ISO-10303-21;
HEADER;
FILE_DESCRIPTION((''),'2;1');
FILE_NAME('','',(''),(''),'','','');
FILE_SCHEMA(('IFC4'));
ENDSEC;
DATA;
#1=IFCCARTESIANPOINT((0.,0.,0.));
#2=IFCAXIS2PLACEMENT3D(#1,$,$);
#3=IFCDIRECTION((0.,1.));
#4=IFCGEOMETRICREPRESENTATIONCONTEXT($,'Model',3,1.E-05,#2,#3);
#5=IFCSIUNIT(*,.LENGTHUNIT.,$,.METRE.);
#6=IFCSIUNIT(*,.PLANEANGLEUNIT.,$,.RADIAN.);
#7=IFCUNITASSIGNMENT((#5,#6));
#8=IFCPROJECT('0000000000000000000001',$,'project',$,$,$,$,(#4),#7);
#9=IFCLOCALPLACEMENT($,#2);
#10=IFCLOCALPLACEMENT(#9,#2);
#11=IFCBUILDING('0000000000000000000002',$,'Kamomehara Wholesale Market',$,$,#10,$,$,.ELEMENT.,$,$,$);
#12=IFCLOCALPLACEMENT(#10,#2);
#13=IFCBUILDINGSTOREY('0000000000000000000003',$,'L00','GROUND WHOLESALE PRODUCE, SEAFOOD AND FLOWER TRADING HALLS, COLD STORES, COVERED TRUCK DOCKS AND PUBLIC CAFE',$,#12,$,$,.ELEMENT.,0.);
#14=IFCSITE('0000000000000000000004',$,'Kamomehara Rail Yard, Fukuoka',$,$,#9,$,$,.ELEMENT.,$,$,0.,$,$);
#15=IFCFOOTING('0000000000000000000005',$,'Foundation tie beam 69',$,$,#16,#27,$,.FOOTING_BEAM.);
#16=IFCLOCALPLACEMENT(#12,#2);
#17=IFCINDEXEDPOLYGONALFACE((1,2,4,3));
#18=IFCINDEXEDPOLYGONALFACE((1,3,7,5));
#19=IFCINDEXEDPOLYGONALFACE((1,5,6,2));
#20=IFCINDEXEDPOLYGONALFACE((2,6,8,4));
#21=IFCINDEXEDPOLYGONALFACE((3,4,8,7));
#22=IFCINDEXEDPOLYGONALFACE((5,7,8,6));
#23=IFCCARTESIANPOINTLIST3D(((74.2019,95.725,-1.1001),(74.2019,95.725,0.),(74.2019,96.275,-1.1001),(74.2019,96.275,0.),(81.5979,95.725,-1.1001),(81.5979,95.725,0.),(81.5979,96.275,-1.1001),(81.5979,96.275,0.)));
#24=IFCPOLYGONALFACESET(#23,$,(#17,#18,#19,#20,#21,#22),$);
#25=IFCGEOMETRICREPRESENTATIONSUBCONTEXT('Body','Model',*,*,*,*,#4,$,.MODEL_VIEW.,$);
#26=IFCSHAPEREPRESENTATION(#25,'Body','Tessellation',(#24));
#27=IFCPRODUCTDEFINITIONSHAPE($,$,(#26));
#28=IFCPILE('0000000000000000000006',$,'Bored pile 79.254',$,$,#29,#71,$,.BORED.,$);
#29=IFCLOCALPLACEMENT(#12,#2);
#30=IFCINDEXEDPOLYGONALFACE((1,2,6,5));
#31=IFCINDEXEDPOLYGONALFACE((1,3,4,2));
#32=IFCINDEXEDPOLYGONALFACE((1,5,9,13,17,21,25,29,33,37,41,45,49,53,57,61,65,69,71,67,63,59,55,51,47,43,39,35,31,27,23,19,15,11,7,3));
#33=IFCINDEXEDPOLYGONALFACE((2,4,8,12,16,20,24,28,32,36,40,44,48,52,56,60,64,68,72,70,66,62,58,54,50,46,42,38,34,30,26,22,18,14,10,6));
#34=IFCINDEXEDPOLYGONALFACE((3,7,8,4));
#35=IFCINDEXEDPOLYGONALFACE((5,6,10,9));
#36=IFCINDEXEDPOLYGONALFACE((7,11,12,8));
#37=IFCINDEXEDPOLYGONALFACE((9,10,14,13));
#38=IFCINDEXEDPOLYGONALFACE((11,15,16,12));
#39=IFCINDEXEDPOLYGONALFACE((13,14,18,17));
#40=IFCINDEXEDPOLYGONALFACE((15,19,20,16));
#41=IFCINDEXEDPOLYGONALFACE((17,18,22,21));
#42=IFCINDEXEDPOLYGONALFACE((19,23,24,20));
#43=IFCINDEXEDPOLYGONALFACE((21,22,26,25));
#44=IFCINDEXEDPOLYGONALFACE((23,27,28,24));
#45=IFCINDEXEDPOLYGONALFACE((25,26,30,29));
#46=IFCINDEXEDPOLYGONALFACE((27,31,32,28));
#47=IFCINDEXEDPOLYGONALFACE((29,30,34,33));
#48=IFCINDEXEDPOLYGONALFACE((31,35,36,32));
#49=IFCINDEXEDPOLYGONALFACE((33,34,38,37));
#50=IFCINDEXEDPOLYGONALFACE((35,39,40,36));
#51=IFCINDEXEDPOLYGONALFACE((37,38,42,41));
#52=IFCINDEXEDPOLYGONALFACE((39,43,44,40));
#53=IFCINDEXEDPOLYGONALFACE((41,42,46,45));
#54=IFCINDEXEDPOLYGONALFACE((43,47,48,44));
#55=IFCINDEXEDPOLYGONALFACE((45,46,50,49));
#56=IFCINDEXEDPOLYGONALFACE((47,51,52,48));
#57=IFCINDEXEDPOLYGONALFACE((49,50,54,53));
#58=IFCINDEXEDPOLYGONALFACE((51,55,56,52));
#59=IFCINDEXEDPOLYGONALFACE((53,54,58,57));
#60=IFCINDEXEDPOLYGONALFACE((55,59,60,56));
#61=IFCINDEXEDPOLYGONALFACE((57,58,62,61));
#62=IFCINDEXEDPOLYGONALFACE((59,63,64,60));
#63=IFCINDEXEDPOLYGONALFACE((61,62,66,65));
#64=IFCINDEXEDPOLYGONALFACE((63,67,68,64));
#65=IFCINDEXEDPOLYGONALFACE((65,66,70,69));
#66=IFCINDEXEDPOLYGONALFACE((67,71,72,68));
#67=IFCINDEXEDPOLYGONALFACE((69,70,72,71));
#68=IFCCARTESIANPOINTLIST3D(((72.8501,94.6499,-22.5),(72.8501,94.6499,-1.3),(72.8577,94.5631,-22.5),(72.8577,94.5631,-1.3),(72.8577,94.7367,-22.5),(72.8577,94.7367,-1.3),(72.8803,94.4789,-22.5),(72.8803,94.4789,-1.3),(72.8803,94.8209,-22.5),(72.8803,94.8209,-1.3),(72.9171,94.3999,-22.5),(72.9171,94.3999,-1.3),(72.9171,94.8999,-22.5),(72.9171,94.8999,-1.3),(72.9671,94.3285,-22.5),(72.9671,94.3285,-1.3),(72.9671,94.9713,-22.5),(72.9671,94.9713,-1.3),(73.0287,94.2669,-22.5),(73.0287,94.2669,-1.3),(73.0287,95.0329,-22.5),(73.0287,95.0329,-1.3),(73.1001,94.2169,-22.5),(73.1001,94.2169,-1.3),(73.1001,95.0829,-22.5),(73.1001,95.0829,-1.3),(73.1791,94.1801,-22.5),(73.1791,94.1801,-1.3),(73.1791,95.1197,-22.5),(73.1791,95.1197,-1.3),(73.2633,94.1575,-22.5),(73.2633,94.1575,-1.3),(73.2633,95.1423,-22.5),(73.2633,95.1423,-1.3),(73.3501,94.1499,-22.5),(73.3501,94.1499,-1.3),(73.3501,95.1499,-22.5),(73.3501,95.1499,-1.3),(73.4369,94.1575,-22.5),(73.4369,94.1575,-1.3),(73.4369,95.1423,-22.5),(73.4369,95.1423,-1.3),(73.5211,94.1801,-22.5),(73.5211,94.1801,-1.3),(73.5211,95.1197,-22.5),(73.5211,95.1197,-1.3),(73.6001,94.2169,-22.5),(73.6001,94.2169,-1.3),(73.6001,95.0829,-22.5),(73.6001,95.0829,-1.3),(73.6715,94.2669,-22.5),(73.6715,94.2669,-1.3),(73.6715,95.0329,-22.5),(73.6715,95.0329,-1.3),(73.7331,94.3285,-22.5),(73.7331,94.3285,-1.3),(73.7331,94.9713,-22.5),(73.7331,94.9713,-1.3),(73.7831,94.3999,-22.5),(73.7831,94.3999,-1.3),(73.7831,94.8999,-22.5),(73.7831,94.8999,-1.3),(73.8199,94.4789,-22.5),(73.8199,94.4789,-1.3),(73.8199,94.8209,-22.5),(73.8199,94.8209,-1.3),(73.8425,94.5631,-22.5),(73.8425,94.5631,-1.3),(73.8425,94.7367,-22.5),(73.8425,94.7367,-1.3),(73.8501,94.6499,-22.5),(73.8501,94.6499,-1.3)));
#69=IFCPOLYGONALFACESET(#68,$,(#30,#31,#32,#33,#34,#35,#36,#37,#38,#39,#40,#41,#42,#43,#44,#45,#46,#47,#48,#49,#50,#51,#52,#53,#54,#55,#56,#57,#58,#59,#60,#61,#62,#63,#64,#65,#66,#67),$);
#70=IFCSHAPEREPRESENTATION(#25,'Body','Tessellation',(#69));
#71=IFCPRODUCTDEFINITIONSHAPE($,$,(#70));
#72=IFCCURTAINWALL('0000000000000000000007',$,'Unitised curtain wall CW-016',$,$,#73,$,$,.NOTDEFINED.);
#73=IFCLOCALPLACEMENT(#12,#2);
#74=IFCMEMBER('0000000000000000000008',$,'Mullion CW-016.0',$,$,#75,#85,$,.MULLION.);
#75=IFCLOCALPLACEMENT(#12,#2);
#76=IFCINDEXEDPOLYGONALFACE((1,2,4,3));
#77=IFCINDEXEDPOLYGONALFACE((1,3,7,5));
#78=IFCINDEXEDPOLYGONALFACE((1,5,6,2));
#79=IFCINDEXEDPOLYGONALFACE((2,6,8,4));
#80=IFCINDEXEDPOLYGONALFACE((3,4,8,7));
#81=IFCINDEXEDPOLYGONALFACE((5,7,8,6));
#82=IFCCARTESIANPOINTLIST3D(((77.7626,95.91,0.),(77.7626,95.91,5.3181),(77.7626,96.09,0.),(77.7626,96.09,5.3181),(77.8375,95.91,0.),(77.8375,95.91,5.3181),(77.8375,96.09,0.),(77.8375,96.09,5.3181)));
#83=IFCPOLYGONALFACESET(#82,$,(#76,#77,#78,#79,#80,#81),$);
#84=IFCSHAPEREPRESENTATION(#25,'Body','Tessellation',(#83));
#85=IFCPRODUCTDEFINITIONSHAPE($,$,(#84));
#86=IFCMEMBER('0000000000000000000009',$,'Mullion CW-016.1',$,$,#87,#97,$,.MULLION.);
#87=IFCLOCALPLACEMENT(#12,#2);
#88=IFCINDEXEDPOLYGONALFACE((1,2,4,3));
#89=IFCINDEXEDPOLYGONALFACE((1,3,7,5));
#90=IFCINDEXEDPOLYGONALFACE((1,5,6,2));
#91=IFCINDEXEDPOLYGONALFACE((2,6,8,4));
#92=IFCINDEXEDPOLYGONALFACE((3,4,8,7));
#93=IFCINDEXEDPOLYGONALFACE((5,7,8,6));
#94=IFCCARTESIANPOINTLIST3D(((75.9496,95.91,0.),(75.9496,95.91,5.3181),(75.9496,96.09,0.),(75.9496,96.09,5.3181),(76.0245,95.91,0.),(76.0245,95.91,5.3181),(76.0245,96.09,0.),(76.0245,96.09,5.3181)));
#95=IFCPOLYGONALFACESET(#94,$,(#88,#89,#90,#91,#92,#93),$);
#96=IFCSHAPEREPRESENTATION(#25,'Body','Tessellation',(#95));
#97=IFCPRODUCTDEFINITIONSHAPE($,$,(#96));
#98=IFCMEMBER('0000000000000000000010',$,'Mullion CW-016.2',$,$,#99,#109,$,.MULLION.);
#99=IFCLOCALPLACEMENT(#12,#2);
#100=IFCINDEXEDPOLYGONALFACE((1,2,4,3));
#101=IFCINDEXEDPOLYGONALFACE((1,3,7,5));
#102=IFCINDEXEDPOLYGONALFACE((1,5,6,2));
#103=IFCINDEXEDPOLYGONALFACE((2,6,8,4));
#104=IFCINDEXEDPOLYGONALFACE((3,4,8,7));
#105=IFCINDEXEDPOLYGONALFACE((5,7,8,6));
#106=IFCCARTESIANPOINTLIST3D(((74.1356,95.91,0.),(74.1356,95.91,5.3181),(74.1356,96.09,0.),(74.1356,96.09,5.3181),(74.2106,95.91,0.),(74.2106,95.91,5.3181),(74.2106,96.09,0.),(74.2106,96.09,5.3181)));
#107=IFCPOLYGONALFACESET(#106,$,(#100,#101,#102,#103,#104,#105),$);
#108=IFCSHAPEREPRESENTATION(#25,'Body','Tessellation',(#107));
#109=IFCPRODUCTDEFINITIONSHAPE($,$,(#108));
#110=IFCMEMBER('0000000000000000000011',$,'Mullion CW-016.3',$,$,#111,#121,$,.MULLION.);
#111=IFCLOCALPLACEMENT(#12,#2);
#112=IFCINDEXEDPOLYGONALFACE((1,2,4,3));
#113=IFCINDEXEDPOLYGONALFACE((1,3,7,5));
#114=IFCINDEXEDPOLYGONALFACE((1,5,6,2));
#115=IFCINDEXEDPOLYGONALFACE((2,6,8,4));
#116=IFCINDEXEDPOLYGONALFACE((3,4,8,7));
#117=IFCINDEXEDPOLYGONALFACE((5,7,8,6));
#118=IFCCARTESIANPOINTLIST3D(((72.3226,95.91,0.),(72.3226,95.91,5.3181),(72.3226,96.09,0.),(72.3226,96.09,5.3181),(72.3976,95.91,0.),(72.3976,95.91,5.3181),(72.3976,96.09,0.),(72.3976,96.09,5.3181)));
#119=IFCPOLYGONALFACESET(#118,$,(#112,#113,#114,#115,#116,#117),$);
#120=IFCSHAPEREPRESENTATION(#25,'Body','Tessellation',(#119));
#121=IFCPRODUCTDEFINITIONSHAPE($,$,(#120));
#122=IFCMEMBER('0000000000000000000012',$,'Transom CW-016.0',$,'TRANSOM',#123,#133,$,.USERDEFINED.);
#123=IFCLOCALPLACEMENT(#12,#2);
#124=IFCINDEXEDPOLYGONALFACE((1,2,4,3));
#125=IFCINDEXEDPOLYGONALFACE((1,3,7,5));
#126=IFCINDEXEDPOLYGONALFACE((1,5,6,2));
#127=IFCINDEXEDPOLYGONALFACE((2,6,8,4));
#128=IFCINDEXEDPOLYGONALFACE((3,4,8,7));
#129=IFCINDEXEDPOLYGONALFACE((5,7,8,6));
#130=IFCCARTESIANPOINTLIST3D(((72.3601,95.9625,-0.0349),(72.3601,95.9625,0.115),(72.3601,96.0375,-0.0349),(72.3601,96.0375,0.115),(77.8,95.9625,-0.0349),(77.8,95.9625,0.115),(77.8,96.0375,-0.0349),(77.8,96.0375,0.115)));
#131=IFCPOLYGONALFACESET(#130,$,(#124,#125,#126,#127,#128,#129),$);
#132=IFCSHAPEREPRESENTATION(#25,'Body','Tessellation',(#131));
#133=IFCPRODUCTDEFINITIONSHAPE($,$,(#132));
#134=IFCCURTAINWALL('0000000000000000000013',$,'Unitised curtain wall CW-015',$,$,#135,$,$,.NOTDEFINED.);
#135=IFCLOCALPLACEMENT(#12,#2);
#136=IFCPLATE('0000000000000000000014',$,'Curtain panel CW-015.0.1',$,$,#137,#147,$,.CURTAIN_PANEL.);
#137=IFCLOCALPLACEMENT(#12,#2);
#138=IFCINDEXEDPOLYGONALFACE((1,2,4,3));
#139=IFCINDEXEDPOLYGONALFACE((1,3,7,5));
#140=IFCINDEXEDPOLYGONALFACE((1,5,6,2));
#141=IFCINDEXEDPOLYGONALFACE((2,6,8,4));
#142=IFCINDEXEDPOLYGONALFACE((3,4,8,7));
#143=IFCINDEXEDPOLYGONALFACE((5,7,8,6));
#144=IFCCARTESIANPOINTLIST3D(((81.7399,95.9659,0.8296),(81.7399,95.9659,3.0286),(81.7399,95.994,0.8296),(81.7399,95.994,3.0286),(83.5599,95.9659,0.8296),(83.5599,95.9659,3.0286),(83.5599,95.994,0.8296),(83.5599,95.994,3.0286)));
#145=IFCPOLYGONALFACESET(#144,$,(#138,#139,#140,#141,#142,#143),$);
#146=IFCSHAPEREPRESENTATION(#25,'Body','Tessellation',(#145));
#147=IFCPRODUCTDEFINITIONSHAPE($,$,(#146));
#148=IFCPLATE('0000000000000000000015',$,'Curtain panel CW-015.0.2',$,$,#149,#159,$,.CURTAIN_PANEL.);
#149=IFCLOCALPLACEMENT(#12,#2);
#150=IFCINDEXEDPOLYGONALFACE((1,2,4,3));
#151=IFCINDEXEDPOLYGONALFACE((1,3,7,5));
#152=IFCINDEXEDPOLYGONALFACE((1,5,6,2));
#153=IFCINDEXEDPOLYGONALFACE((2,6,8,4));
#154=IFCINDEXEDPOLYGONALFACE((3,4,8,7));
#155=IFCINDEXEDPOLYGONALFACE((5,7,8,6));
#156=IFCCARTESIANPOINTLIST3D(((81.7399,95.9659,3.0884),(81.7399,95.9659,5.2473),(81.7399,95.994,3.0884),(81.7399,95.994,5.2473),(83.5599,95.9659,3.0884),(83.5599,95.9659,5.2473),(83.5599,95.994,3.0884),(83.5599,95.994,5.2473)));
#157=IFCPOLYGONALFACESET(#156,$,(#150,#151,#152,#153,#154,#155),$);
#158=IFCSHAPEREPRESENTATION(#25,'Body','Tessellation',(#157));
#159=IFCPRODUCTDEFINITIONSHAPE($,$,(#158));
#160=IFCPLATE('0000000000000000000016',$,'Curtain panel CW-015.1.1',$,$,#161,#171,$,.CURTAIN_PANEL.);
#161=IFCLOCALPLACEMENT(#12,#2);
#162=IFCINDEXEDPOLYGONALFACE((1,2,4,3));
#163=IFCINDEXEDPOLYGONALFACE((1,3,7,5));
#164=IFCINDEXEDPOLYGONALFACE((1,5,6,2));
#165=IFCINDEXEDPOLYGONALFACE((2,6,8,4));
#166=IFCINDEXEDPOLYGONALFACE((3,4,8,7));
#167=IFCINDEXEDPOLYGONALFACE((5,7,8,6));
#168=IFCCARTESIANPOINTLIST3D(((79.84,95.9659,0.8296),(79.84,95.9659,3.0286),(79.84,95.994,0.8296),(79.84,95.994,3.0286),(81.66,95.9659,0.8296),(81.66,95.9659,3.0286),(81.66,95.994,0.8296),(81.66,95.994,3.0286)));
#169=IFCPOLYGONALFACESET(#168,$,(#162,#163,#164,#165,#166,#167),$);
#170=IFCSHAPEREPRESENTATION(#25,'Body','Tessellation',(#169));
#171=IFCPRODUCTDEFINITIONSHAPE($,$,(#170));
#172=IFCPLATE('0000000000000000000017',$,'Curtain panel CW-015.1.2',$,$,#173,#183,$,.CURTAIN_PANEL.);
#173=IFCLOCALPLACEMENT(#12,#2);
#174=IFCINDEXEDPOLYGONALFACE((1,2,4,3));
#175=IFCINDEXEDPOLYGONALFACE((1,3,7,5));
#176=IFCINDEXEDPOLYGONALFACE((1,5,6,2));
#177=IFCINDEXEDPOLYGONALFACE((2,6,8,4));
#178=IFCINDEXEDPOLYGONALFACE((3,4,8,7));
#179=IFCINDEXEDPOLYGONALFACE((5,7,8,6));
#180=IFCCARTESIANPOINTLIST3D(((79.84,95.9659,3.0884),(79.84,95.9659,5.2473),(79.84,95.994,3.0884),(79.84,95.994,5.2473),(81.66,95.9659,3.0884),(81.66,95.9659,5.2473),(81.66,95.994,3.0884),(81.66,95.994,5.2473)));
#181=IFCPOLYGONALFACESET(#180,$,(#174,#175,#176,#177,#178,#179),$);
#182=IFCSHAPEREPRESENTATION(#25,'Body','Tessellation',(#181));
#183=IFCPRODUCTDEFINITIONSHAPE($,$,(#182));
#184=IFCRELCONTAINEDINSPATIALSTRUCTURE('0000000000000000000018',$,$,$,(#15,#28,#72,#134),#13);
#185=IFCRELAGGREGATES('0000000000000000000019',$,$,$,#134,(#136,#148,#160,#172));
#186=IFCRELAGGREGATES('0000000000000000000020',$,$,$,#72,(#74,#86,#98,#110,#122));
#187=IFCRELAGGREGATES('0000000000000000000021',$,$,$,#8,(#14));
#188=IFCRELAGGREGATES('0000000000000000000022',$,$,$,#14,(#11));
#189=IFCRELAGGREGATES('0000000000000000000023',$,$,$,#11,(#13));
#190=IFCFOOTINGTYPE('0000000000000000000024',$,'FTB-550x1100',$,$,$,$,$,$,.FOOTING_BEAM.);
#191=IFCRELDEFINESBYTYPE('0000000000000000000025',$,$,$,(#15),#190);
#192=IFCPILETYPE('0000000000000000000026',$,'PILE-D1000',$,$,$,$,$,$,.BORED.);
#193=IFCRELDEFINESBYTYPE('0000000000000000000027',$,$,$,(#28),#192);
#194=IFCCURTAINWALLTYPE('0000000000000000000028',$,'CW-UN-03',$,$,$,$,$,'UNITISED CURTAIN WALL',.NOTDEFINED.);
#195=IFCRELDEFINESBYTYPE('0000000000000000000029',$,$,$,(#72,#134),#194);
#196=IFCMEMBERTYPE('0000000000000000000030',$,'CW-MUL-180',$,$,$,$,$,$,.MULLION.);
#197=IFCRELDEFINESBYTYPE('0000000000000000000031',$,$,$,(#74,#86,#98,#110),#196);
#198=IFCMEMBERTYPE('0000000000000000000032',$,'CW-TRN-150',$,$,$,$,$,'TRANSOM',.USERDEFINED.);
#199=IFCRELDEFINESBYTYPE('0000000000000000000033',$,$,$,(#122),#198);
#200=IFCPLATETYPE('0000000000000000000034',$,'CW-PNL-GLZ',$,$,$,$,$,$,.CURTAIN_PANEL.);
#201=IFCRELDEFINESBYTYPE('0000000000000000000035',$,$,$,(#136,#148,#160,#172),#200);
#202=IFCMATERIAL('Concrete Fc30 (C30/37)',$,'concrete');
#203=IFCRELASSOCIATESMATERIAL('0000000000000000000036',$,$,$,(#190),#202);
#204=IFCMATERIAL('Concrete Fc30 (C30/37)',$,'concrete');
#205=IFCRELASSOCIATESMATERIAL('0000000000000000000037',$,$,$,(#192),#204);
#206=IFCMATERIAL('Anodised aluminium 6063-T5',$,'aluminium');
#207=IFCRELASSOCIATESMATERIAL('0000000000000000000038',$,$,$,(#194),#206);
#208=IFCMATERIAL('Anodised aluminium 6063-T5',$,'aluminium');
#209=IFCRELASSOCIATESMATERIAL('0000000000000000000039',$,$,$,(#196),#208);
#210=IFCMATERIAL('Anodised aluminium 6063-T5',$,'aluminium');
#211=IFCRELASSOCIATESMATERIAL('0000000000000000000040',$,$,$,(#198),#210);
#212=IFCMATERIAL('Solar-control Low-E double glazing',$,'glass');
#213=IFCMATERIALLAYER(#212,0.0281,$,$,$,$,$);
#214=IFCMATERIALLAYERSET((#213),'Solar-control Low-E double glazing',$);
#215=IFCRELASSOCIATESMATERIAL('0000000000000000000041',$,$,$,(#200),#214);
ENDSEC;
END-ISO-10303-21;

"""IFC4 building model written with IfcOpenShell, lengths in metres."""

from ifc_helpers import new_model, si_unit, direction, frame, origin, origin_2d, place, context, subcontext, project, spatial, rectangle, circle, extrude, material, layer, layer_set, material_profile, profile_set, type_object, element, aggregate, save


model = new_model("IFC4")

# Units and contexts
model_context = context("Model", 3, precision=1e-05, world=origin(), true_north=direction((0.0, 1.0)))
body_context = subcontext(model_context, "Body", "Model", "MODEL_VIEW")
ifc_project = project(units=[si_unit("LENGTHUNIT", "METRE"), si_unit("PLANEANGLEUNIT", "RADIAN")], contexts=[model_context])

# Site, building, storey
site_placement = place(None, origin())
site = spatial("IfcSite", under=ifc_project, at=site_placement, Name="Kamomehara Rail Yard, Fukuoka", CompositionType="ELEMENT", RefElevation=0.0)
building_placement = place(site_placement, origin())
building = spatial("IfcBuilding", under=site, at=building_placement, Name="Kamomehara Wholesale Market", CompositionType="ELEMENT")
storey_placement = place(building_placement, origin())
storey = spatial("IfcBuildingStorey", under=building, at=storey_placement, Name="L00", Description="GROUND WHOLESALE PRODUCE, SEAFOOD AND FLOWER TRADING HALLS, COLD STORES, COVERED TRUCK DOCKS AND PUBLIC CAFE", CompositionType="ELEMENT", Elevation=0.0)

# Footing
ifc_material_1 = material(Name="Concrete Fc30 (C30/37)", Category="concrete")
ifc_material_profile_1 = material_profile(ifc_material_1, rectangle(XDim=0.55, YDim=1.1001, at=origin_2d()), Name="RC-FTB-550x1100")
ifc_profile_set_1 = profile_set([ifc_material_profile_1], Name="Concrete Fc30 (C30/37)")
footing_type = type_object("IfcFootingType", Name="FTB-550x1100", PredefinedType="FOOTING_BEAM", material=ifc_profile_set_1)
footing_placement = place(storey_placement, frame((74.2019, 96.0, -0.55), z_axis=(1.0, 0.0, 0.0), x_axis=(0.0, 1.0, 0.0)))
element("IfcFooting", 1, at=footing_placement, inside=storey, type_object=footing_type, Name="Foundation tie beam 69", PredefinedType="FOOTING_BEAM", context=body_context, shape_type="SweptSolid", body=[
    extrude(rectangle(XDim=0.55, YDim=1.1001, at=origin_2d()), origin(), (0.0, 0.0, 1.0), 7.396),
])

# Pile
ifc_material_2 = material(Name="Concrete Fc30 (C30/37)", Category="concrete")
ifc_material_profile_2 = material_profile(ifc_material_2, circle(Radius=0.5, at=origin_2d()), Name="RC-PILE-D1000")
ifc_profile_set_2 = profile_set([ifc_material_profile_2], Name="Concrete Fc30 (C30/37)")
pile_type = type_object("IfcPileType", Name="PILE-D1000", PredefinedType="BORED", material=ifc_profile_set_2)
pile_placement = place(storey_placement, frame((73.3501, 94.6499, -1.3), z_axis=(0.0, 0.0, -1.0), x_axis=(1.0, 0.0, 0.0)))
element("IfcPile", 2, at=pile_placement, inside=storey, type_object=pile_type, Name="Bored pile 79.254", PredefinedType="BORED", context=body_context, shape_type="SweptSolid", body=[
    extrude(circle(Radius=0.5, at=origin_2d()), origin(), (0.0, 0.0, 1.0), 21.2),
])

# Curtain wall, members
ifc_material_3 = material(Name="Anodised aluminium 6063-T5", Category="aluminium")
curtain_wall_type = type_object("IfcCurtainWallType", Name="CW-UN-03", ElementType="UNITISED CURTAIN WALL", PredefinedType="NOTDEFINED", material=ifc_material_3)
curtain_wall_1_placement = place(storey_placement, origin())
curtain_wall_1 = element("IfcCurtainWall", 3, at=curtain_wall_1_placement, inside=storey, type_object=curtain_wall_type, Name="Unitised curtain wall CW-016", PredefinedType="NOTDEFINED")
ifc_material_4 = material(Name="Anodised aluminium 6063-T5", Category="aluminium")
ifc_material_profile_3 = material_profile(ifc_material_4, rectangle(XDim=0.075, YDim=0.1799, at=origin_2d()), Name="ALU-MUL-75x180")
ifc_profile_set_3 = profile_set([ifc_material_profile_3], Name="Anodised aluminium 6063-T5")
member_type_1 = type_object("IfcMemberType", Name="CW-MUL-180", PredefinedType="MULLION", material=ifc_profile_set_3)
member_1_placement = place(storey_placement, frame((77.8, 96.0, 0.0), z_axis=(0.0, 0.0, 1.0), x_axis=(-1.0, 0.0, 0.0)))
member_1 = element("IfcMember", 4, at=member_1_placement, type_object=member_type_1, Name="Mullion CW-016.0", PredefinedType="MULLION", context=body_context, shape_type="SweptSolid", body=[
    extrude(rectangle(XDim=0.075, YDim=0.1799, at=origin_2d()), origin(), (0.0, 0.0, 1.0), 5.3181),
])
member_2_placement = place(storey_placement, frame((75.9871, 96.0, 0.0), z_axis=(0.0, 0.0, 1.0), x_axis=(-1.0, 0.0, 0.0)))
member_2 = element("IfcMember", 5, at=member_2_placement, type_object=member_type_1, Name="Mullion CW-016.1", PredefinedType="MULLION", context=body_context, shape_type="SweptSolid", body=[
    extrude(rectangle(XDim=0.075, YDim=0.1799, at=origin_2d()), origin(), (0.0, 0.0, 1.0), 5.3181),
])
member_3_placement = place(storey_placement, frame((74.1731, 96.0, 0.0), z_axis=(0.0, 0.0, 1.0), x_axis=(-1.0, 0.0, 0.0)))
member_3 = element("IfcMember", 6, at=member_3_placement, type_object=member_type_1, Name="Mullion CW-016.2", PredefinedType="MULLION", context=body_context, shape_type="SweptSolid", body=[
    extrude(rectangle(XDim=0.075, YDim=0.1799, at=origin_2d()), origin(), (0.0, 0.0, 1.0), 5.3181),
])
member_4_placement = place(storey_placement, frame((72.3601, 96.0, 0.0), z_axis=(0.0, 0.0, 1.0), x_axis=(-1.0, 0.0, 0.0)))
member_4 = element("IfcMember", 7, at=member_4_placement, type_object=member_type_1, Name="Mullion CW-016.3", PredefinedType="MULLION", context=body_context, shape_type="SweptSolid", body=[
    extrude(rectangle(XDim=0.075, YDim=0.1799, at=origin_2d()), origin(), (0.0, 0.0, 1.0), 5.3181),
])
ifc_material_5 = material(Name="Anodised aluminium 6063-T5", Category="aluminium")
ifc_material_profile_4 = material_profile(ifc_material_5, rectangle(XDim=0.075, YDim=0.1499, at=origin_2d()), Name="ALU-TRN-75x150")
ifc_profile_set_4 = profile_set([ifc_material_profile_4], Name="Anodised aluminium 6063-T5")
member_type_2 = type_object("IfcMemberType", Name="CW-TRN-150", ElementType="TRANSOM", PredefinedType="USERDEFINED", material=ifc_profile_set_4)
member_5_placement = place(storey_placement, frame((77.8, 96.0, 0.04), z_axis=(-1.0, 0.0, 0.0), x_axis=(0.0, -1.0, 0.0)))
member_5 = element("IfcMember", 8, at=member_5_placement, type_object=member_type_2, Name="Transom CW-016.0", ObjectType="TRANSOM", PredefinedType="USERDEFINED", context=body_context, shape_type="SweptSolid", body=[
    extrude(rectangle(XDim=0.075, YDim=0.1499, at=origin_2d()), origin(), (0.0, 0.0, 1.0), 5.4399),
])

# Curtain wall, plates
curtain_wall_2_placement = place(storey_placement, origin())
curtain_wall_2 = element("IfcCurtainWall", 9, at=curtain_wall_2_placement, inside=storey, type_object=curtain_wall_type, Name="Unitised curtain wall CW-015", PredefinedType="NOTDEFINED")
ifc_material_6 = material(Name="Solar-control Low-E double glazing", Category="glass")
ifc_layer_1 = layer(ifc_material_6, 0.0281)
ifc_layer_set_1 = layer_set([ifc_layer_1], Name="Solar-control Low-E double glazing")
plate_type_1 = type_object("IfcPlateType", Name="CW-PNL-GLZ", PredefinedType="CURTAIN_PANEL", material=ifc_layer_set_1)
plate_1_placement = place(storey_placement, frame((82.6499, 95.98, 0.8296), z_axis=(0.0, 0.0, 1.0), x_axis=(-1.0, 0.0, 0.0)))
plate_1 = element("IfcPlate", 10, at=plate_1_placement, type_object=plate_type_1, Name="Curtain panel CW-015.0.1", PredefinedType="CURTAIN_PANEL", context=body_context, shape_type="SweptSolid", body=[
    extrude(rectangle(XDim=1.8201, YDim=0.0281, at=origin_2d()), origin(), (0.0, 0.0, 1.0), 2.199),
])
plate_2_placement = place(storey_placement, frame((82.6499, 95.98, 3.0884), z_axis=(0.0, 0.0, 1.0), x_axis=(-1.0, 0.0, 0.0)))
plate_2 = element("IfcPlate", 11, at=plate_2_placement, type_object=plate_type_1, Name="Curtain panel CW-015.0.2", PredefinedType="CURTAIN_PANEL", context=body_context, shape_type="SweptSolid", body=[
    extrude(rectangle(XDim=1.8201, YDim=0.0281, at=origin_2d()), origin(), (0.0, 0.0, 1.0), 2.1589),
])
plate_3_placement = place(storey_placement, frame((80.75, 95.98, 0.8296), z_axis=(0.0, 0.0, 1.0), x_axis=(-1.0, 0.0, 0.0)))
plate_3 = element("IfcPlate", 12, at=plate_3_placement, type_object=plate_type_1, Name="Curtain panel CW-015.1.1", PredefinedType="CURTAIN_PANEL", context=body_context, shape_type="SweptSolid", body=[
    extrude(rectangle(XDim=1.8201, YDim=0.0281, at=origin_2d()), origin(), (0.0, 0.0, 1.0), 2.199),
])
plate_4_placement = place(storey_placement, frame((80.75, 95.98, 3.0884), z_axis=(0.0, 0.0, 1.0), x_axis=(-1.0, 0.0, 0.0)))
plate_4 = element("IfcPlate", 13, at=plate_4_placement, type_object=plate_type_1, Name="Curtain panel CW-015.1.2", PredefinedType="CURTAIN_PANEL", context=body_context, shape_type="SweptSolid", body=[
    extrude(rectangle(XDim=1.8201, YDim=0.0281, at=origin_2d()), origin(), (0.0, 0.0, 1.0), 2.1589),
])

aggregate(curtain_wall_2, [plate_1, plate_2, plate_3, plate_4])
aggregate(curtain_wall_1, [member_1, member_2, member_3, member_4, member_5])

save(model, "model.ifc")
